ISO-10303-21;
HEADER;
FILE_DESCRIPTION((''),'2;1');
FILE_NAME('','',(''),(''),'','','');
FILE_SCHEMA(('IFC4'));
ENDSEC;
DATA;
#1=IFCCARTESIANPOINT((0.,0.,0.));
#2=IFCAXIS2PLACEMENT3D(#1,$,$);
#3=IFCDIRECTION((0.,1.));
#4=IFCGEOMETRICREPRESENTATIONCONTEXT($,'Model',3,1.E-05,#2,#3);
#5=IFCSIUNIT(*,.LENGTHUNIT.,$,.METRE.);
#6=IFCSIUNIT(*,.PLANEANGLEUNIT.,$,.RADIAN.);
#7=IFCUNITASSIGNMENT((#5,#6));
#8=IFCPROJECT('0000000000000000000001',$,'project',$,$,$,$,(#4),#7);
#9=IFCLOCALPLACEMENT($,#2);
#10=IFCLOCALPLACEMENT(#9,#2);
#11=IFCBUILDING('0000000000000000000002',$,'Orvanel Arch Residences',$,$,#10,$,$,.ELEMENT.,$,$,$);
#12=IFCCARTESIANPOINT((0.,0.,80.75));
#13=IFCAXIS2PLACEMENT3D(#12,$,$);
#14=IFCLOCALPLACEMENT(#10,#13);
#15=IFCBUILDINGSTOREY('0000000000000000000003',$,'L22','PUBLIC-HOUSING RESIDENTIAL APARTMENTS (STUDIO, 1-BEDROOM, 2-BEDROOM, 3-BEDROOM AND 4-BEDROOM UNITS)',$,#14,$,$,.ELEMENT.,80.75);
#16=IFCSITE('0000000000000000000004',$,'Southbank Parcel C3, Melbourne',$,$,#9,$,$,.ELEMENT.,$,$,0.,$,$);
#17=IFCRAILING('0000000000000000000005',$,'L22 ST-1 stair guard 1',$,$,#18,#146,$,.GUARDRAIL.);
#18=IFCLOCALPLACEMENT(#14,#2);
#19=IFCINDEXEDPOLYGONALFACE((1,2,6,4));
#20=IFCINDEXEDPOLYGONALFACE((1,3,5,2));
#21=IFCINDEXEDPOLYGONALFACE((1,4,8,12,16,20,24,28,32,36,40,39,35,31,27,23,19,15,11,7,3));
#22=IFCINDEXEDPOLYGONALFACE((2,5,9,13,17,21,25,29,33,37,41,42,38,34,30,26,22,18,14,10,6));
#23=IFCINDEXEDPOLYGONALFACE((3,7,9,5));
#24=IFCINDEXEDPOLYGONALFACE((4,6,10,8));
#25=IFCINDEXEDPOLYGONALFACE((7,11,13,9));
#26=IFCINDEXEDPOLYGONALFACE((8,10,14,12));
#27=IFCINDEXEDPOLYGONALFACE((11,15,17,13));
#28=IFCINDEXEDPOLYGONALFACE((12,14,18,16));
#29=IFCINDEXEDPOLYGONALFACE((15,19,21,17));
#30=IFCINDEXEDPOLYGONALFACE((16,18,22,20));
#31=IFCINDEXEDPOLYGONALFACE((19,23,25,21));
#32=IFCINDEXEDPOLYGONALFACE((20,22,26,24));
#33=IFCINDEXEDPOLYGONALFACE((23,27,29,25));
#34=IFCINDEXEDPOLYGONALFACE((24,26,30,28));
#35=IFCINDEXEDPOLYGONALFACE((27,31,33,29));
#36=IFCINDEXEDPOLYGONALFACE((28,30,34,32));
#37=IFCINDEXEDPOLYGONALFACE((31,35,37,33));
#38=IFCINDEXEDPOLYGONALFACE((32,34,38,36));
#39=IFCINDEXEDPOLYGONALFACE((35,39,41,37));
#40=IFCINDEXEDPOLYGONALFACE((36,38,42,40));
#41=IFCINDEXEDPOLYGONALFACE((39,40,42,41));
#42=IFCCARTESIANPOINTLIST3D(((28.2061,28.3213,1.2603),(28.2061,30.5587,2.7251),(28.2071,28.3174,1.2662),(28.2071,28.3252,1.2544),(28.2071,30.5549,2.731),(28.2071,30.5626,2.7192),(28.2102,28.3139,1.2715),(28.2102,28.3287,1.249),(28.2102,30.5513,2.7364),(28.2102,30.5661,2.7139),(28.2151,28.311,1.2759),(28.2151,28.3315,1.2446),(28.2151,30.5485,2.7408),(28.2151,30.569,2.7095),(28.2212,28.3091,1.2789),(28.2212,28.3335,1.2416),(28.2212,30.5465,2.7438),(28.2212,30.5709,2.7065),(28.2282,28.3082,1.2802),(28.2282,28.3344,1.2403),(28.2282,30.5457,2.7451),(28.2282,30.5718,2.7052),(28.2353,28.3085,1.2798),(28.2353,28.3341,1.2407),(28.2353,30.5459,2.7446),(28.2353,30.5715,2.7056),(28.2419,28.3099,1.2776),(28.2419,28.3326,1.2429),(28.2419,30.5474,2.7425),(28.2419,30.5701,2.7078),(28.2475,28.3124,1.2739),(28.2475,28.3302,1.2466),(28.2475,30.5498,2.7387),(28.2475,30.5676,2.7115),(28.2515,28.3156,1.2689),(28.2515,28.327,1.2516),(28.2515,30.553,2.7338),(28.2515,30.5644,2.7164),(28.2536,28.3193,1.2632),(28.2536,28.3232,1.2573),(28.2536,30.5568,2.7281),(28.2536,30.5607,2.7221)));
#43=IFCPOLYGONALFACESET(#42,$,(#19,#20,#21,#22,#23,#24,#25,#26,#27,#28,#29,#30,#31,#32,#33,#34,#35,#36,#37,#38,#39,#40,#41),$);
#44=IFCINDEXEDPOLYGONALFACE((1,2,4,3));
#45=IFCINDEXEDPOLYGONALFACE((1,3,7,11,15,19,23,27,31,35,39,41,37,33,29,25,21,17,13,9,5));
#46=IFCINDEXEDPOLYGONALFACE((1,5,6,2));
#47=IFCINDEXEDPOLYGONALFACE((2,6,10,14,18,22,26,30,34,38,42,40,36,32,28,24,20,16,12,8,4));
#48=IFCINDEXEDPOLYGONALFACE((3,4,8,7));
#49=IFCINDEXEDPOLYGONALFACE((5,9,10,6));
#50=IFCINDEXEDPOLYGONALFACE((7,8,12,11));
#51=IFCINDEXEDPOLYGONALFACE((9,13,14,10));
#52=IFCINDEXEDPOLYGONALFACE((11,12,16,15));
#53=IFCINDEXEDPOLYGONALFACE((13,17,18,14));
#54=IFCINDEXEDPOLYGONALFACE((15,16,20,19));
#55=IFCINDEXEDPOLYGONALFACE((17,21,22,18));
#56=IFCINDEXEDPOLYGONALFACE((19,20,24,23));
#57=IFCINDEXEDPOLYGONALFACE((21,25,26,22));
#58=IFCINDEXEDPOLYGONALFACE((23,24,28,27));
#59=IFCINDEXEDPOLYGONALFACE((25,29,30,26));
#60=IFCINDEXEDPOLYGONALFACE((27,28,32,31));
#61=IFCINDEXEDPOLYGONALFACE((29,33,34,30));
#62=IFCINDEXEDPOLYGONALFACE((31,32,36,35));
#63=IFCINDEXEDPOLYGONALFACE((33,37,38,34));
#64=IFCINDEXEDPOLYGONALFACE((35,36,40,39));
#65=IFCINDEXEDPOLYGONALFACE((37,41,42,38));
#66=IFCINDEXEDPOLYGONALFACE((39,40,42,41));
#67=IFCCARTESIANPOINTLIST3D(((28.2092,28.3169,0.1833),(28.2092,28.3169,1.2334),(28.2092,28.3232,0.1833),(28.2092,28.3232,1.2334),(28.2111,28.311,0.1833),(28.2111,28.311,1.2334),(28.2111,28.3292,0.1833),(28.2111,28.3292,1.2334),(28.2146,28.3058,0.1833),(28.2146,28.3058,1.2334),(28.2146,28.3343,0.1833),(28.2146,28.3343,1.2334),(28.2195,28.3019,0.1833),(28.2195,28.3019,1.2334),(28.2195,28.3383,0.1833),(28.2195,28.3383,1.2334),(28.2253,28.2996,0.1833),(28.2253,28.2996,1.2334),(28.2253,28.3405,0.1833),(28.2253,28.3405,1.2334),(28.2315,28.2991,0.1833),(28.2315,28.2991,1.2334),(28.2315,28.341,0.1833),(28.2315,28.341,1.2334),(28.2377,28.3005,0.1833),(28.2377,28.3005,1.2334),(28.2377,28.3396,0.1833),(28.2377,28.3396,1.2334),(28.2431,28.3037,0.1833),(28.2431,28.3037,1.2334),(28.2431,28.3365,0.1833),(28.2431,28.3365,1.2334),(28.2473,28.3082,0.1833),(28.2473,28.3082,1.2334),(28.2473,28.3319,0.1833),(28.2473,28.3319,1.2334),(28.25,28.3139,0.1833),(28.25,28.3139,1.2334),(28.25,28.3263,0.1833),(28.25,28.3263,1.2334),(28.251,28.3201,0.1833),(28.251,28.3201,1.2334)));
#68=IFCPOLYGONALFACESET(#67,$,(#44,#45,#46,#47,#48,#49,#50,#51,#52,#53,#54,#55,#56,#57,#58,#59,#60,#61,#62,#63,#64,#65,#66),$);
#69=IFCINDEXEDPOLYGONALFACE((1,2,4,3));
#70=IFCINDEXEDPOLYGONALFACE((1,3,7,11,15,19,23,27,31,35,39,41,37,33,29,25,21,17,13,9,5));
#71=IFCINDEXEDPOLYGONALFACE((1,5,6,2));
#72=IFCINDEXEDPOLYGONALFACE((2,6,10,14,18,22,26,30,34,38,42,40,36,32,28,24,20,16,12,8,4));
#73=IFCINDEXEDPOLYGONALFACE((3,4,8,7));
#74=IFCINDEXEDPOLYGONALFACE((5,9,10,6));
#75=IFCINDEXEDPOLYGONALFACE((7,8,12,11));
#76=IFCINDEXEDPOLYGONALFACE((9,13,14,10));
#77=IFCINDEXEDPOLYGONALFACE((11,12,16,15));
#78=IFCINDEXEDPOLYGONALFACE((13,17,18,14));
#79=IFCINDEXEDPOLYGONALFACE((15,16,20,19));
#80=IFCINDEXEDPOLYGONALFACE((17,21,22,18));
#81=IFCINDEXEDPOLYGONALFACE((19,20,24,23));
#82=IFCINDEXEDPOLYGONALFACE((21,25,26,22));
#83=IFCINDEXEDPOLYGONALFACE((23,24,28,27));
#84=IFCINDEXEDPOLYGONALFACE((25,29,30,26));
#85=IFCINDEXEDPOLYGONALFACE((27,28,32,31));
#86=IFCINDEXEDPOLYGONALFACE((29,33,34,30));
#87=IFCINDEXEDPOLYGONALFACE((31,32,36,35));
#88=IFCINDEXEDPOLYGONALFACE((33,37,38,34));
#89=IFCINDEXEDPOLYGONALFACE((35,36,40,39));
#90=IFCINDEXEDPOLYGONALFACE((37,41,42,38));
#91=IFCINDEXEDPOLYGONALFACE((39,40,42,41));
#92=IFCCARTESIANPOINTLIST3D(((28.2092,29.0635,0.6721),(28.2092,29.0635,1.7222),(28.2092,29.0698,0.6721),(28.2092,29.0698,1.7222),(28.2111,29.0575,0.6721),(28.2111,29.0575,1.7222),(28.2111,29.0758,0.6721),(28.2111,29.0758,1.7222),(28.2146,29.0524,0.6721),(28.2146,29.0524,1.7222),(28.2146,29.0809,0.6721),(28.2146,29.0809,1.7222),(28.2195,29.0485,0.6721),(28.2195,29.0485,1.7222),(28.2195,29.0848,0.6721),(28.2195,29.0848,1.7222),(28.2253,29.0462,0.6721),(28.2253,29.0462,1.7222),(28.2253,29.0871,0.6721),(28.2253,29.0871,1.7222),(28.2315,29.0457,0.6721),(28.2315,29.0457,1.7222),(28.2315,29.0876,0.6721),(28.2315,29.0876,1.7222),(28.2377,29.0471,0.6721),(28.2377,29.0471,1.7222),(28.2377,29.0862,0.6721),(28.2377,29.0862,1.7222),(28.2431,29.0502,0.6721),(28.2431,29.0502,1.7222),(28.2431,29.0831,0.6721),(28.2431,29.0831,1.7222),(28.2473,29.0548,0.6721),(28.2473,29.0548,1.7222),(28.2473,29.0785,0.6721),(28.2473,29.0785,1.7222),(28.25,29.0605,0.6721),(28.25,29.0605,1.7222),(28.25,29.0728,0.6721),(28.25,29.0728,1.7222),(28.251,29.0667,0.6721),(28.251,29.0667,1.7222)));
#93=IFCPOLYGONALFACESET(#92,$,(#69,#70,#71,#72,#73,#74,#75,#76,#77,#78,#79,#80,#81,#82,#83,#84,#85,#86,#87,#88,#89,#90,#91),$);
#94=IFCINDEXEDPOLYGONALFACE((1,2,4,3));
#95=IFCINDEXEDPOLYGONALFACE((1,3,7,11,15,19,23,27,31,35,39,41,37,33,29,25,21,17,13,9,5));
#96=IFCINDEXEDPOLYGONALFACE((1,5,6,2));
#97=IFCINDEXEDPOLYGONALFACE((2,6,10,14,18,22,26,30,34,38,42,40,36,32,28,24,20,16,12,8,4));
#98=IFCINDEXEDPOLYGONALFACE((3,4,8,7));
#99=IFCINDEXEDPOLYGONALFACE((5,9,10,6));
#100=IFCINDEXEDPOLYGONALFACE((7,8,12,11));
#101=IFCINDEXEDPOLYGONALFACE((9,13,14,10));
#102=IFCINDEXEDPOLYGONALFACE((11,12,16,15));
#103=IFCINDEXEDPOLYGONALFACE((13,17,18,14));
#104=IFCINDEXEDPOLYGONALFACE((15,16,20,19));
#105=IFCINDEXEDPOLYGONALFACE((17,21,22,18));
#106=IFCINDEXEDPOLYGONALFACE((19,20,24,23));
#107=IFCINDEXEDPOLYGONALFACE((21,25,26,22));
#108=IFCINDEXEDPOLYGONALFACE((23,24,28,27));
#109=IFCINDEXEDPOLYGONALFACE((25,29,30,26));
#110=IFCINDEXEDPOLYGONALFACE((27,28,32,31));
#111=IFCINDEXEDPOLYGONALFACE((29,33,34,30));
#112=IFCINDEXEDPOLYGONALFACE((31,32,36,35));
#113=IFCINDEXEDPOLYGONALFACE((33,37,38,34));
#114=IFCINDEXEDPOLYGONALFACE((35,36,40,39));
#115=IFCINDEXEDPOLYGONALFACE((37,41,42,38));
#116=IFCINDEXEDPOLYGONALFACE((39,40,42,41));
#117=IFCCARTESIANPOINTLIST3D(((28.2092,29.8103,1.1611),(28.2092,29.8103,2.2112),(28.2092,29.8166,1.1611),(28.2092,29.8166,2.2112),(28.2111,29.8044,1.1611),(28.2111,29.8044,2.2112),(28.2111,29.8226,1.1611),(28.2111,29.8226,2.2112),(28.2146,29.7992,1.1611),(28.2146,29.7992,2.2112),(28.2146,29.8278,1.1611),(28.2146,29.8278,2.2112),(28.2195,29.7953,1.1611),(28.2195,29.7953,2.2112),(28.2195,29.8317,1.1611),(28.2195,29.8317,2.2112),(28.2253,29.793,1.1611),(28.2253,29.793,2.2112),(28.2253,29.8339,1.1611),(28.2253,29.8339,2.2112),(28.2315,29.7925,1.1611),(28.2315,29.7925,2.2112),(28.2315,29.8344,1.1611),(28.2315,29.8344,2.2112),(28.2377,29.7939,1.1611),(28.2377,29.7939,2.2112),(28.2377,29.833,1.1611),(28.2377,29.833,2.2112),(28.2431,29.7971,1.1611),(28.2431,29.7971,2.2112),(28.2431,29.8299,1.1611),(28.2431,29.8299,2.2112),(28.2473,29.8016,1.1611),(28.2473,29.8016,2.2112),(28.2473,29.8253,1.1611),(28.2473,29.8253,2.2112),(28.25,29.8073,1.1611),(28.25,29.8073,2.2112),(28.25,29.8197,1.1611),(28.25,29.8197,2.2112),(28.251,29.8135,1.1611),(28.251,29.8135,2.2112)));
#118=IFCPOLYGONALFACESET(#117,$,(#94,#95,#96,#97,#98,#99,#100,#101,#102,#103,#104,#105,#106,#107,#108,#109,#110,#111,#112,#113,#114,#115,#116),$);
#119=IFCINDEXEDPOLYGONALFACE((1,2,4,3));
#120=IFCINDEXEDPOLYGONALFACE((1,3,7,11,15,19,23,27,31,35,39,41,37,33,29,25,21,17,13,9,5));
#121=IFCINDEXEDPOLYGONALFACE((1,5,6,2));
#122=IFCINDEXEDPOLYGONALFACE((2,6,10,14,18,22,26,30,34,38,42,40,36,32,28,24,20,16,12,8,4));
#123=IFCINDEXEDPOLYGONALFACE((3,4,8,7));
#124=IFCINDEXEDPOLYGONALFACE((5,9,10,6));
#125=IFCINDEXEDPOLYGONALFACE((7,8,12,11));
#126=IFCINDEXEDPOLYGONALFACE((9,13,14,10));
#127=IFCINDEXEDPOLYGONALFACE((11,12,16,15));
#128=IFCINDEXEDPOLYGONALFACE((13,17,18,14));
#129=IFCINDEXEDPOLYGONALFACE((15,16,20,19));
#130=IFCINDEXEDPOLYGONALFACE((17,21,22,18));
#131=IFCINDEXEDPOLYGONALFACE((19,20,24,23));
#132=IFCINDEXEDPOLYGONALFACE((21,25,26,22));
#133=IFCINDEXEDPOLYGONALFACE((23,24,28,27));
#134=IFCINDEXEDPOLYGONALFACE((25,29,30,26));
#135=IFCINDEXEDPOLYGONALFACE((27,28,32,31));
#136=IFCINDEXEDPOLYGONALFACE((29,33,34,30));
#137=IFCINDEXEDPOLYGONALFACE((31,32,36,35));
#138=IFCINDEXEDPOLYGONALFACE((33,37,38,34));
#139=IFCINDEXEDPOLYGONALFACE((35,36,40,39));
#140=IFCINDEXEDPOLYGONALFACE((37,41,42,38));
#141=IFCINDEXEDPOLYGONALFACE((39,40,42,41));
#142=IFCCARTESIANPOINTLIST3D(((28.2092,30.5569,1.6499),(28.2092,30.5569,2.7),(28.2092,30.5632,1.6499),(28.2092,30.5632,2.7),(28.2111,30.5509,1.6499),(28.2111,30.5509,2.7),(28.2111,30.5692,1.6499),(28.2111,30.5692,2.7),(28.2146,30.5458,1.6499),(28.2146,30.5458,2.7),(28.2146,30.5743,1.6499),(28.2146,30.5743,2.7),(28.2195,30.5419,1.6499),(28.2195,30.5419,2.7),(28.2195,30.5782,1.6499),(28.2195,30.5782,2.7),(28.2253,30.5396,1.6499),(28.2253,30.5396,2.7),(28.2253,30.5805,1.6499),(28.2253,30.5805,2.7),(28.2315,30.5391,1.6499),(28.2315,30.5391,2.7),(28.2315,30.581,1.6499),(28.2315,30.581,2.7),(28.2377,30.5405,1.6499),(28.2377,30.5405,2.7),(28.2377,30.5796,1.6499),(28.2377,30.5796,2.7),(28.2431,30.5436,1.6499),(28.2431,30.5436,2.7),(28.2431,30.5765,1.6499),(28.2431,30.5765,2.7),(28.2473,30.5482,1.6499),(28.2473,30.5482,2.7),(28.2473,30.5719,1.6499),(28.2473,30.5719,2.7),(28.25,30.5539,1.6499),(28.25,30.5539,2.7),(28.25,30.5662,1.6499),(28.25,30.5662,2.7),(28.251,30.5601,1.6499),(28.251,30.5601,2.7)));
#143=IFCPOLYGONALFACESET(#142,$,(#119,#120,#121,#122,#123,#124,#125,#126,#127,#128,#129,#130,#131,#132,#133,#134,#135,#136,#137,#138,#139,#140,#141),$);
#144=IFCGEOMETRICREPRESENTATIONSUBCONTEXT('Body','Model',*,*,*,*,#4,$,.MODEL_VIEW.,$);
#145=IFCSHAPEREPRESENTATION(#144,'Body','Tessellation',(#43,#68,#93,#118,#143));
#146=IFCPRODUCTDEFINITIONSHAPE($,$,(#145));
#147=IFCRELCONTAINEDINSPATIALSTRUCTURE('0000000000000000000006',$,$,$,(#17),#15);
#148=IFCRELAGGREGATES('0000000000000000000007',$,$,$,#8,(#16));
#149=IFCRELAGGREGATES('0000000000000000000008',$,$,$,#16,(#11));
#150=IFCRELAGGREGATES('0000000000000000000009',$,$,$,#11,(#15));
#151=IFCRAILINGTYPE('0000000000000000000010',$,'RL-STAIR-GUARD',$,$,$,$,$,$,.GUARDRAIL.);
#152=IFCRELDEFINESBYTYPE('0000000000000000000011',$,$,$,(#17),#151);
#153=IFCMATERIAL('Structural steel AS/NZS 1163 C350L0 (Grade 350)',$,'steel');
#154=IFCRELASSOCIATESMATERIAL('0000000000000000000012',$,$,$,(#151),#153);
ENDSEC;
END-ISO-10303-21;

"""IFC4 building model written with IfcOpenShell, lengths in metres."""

from ifc_helpers import new_model, si_unit, direction, frame, origin, origin_2d, place, context, subcontext, project, spatial, circle, extrude, material, type_object, element, save


model = new_model("IFC4")

# Units and contexts
model_context = context("Model", 3, precision=1e-05, world=origin(), true_north=direction((0.0, 1.0)))
body_context = subcontext(model_context, "Body", "Model", "MODEL_VIEW")
ifc_project = project(units=[si_unit("LENGTHUNIT", "METRE"), si_unit("PLANEANGLEUNIT", "RADIAN")], contexts=[model_context])

# Site, building, storey
site_placement = place(None, origin())
site = spatial("IfcSite", under=ifc_project, at=site_placement, Name="Southbank Parcel C3, Melbourne", CompositionType="ELEMENT", RefElevation=0.0)
building_placement = place(site_placement, origin())
building = spatial("IfcBuilding", under=site, at=building_placement, Name="Orvanel Arch Residences", CompositionType="ELEMENT")
storey_placement = place(building_placement, frame((0.0, 0.0, 80.75)))
storey = spatial("IfcBuildingStorey", under=building, at=storey_placement, Name="L22", Description="PUBLIC-HOUSING RESIDENTIAL APARTMENTS (STUDIO, 1-BEDROOM, 2-BEDROOM, 3-BEDROOM AND 4-BEDROOM UNITS)", CompositionType="ELEMENT", Elevation=80.75)

# Railing
ifc_material_1 = material(Name="Structural steel AS/NZS 1163 C350L0 (Grade 350)", Category="steel")
railing_type_1 = type_object("IfcRailingType", Name="RL-STAIR-GUARD", PredefinedType="GUARDRAIL", material=ifc_material_1)
railing_1_placement = place(storey_placement, frame((28.23, 28.3201, 0.1833)))
element("IfcRailing", 1, at=railing_1_placement, inside=storey, type_object=railing_type_1, Name="L22 ST-1 stair guard 1", PredefinedType="GUARDRAIL", context=body_context, shape_type="SweptSolid", body=[
    extrude(circle(Radius=0.0239, at=origin_2d()), frame((0.0, 0.0012, 1.0769), z_axis=(0.0, 0.836637, 0.547758), x_axis=(-1.0, 0.0, 0.0)), (0.0, 0.0, 1.0), 2.6743),
    extrude(circle(Radius=0.021, at=origin_2d()), origin(), (0.0, 0.0, 1.0), 1.05),
    extrude(circle(Radius=0.021, at=origin_2d()), frame((0.0, 0.7466, 0.4888)), (0.0, 0.0, 1.0), 1.05),
    extrude(circle(Radius=0.021, at=origin_2d()), frame((0.0, 1.4934, 0.9778)), (0.0, 0.0, 1.0), 1.05),
    extrude(circle(Radius=0.021, at=origin_2d()), frame((0.0, 2.24, 1.4666)), (0.0, 0.0, 1.0), 1.05),
])

save(model, "model.ifc")
